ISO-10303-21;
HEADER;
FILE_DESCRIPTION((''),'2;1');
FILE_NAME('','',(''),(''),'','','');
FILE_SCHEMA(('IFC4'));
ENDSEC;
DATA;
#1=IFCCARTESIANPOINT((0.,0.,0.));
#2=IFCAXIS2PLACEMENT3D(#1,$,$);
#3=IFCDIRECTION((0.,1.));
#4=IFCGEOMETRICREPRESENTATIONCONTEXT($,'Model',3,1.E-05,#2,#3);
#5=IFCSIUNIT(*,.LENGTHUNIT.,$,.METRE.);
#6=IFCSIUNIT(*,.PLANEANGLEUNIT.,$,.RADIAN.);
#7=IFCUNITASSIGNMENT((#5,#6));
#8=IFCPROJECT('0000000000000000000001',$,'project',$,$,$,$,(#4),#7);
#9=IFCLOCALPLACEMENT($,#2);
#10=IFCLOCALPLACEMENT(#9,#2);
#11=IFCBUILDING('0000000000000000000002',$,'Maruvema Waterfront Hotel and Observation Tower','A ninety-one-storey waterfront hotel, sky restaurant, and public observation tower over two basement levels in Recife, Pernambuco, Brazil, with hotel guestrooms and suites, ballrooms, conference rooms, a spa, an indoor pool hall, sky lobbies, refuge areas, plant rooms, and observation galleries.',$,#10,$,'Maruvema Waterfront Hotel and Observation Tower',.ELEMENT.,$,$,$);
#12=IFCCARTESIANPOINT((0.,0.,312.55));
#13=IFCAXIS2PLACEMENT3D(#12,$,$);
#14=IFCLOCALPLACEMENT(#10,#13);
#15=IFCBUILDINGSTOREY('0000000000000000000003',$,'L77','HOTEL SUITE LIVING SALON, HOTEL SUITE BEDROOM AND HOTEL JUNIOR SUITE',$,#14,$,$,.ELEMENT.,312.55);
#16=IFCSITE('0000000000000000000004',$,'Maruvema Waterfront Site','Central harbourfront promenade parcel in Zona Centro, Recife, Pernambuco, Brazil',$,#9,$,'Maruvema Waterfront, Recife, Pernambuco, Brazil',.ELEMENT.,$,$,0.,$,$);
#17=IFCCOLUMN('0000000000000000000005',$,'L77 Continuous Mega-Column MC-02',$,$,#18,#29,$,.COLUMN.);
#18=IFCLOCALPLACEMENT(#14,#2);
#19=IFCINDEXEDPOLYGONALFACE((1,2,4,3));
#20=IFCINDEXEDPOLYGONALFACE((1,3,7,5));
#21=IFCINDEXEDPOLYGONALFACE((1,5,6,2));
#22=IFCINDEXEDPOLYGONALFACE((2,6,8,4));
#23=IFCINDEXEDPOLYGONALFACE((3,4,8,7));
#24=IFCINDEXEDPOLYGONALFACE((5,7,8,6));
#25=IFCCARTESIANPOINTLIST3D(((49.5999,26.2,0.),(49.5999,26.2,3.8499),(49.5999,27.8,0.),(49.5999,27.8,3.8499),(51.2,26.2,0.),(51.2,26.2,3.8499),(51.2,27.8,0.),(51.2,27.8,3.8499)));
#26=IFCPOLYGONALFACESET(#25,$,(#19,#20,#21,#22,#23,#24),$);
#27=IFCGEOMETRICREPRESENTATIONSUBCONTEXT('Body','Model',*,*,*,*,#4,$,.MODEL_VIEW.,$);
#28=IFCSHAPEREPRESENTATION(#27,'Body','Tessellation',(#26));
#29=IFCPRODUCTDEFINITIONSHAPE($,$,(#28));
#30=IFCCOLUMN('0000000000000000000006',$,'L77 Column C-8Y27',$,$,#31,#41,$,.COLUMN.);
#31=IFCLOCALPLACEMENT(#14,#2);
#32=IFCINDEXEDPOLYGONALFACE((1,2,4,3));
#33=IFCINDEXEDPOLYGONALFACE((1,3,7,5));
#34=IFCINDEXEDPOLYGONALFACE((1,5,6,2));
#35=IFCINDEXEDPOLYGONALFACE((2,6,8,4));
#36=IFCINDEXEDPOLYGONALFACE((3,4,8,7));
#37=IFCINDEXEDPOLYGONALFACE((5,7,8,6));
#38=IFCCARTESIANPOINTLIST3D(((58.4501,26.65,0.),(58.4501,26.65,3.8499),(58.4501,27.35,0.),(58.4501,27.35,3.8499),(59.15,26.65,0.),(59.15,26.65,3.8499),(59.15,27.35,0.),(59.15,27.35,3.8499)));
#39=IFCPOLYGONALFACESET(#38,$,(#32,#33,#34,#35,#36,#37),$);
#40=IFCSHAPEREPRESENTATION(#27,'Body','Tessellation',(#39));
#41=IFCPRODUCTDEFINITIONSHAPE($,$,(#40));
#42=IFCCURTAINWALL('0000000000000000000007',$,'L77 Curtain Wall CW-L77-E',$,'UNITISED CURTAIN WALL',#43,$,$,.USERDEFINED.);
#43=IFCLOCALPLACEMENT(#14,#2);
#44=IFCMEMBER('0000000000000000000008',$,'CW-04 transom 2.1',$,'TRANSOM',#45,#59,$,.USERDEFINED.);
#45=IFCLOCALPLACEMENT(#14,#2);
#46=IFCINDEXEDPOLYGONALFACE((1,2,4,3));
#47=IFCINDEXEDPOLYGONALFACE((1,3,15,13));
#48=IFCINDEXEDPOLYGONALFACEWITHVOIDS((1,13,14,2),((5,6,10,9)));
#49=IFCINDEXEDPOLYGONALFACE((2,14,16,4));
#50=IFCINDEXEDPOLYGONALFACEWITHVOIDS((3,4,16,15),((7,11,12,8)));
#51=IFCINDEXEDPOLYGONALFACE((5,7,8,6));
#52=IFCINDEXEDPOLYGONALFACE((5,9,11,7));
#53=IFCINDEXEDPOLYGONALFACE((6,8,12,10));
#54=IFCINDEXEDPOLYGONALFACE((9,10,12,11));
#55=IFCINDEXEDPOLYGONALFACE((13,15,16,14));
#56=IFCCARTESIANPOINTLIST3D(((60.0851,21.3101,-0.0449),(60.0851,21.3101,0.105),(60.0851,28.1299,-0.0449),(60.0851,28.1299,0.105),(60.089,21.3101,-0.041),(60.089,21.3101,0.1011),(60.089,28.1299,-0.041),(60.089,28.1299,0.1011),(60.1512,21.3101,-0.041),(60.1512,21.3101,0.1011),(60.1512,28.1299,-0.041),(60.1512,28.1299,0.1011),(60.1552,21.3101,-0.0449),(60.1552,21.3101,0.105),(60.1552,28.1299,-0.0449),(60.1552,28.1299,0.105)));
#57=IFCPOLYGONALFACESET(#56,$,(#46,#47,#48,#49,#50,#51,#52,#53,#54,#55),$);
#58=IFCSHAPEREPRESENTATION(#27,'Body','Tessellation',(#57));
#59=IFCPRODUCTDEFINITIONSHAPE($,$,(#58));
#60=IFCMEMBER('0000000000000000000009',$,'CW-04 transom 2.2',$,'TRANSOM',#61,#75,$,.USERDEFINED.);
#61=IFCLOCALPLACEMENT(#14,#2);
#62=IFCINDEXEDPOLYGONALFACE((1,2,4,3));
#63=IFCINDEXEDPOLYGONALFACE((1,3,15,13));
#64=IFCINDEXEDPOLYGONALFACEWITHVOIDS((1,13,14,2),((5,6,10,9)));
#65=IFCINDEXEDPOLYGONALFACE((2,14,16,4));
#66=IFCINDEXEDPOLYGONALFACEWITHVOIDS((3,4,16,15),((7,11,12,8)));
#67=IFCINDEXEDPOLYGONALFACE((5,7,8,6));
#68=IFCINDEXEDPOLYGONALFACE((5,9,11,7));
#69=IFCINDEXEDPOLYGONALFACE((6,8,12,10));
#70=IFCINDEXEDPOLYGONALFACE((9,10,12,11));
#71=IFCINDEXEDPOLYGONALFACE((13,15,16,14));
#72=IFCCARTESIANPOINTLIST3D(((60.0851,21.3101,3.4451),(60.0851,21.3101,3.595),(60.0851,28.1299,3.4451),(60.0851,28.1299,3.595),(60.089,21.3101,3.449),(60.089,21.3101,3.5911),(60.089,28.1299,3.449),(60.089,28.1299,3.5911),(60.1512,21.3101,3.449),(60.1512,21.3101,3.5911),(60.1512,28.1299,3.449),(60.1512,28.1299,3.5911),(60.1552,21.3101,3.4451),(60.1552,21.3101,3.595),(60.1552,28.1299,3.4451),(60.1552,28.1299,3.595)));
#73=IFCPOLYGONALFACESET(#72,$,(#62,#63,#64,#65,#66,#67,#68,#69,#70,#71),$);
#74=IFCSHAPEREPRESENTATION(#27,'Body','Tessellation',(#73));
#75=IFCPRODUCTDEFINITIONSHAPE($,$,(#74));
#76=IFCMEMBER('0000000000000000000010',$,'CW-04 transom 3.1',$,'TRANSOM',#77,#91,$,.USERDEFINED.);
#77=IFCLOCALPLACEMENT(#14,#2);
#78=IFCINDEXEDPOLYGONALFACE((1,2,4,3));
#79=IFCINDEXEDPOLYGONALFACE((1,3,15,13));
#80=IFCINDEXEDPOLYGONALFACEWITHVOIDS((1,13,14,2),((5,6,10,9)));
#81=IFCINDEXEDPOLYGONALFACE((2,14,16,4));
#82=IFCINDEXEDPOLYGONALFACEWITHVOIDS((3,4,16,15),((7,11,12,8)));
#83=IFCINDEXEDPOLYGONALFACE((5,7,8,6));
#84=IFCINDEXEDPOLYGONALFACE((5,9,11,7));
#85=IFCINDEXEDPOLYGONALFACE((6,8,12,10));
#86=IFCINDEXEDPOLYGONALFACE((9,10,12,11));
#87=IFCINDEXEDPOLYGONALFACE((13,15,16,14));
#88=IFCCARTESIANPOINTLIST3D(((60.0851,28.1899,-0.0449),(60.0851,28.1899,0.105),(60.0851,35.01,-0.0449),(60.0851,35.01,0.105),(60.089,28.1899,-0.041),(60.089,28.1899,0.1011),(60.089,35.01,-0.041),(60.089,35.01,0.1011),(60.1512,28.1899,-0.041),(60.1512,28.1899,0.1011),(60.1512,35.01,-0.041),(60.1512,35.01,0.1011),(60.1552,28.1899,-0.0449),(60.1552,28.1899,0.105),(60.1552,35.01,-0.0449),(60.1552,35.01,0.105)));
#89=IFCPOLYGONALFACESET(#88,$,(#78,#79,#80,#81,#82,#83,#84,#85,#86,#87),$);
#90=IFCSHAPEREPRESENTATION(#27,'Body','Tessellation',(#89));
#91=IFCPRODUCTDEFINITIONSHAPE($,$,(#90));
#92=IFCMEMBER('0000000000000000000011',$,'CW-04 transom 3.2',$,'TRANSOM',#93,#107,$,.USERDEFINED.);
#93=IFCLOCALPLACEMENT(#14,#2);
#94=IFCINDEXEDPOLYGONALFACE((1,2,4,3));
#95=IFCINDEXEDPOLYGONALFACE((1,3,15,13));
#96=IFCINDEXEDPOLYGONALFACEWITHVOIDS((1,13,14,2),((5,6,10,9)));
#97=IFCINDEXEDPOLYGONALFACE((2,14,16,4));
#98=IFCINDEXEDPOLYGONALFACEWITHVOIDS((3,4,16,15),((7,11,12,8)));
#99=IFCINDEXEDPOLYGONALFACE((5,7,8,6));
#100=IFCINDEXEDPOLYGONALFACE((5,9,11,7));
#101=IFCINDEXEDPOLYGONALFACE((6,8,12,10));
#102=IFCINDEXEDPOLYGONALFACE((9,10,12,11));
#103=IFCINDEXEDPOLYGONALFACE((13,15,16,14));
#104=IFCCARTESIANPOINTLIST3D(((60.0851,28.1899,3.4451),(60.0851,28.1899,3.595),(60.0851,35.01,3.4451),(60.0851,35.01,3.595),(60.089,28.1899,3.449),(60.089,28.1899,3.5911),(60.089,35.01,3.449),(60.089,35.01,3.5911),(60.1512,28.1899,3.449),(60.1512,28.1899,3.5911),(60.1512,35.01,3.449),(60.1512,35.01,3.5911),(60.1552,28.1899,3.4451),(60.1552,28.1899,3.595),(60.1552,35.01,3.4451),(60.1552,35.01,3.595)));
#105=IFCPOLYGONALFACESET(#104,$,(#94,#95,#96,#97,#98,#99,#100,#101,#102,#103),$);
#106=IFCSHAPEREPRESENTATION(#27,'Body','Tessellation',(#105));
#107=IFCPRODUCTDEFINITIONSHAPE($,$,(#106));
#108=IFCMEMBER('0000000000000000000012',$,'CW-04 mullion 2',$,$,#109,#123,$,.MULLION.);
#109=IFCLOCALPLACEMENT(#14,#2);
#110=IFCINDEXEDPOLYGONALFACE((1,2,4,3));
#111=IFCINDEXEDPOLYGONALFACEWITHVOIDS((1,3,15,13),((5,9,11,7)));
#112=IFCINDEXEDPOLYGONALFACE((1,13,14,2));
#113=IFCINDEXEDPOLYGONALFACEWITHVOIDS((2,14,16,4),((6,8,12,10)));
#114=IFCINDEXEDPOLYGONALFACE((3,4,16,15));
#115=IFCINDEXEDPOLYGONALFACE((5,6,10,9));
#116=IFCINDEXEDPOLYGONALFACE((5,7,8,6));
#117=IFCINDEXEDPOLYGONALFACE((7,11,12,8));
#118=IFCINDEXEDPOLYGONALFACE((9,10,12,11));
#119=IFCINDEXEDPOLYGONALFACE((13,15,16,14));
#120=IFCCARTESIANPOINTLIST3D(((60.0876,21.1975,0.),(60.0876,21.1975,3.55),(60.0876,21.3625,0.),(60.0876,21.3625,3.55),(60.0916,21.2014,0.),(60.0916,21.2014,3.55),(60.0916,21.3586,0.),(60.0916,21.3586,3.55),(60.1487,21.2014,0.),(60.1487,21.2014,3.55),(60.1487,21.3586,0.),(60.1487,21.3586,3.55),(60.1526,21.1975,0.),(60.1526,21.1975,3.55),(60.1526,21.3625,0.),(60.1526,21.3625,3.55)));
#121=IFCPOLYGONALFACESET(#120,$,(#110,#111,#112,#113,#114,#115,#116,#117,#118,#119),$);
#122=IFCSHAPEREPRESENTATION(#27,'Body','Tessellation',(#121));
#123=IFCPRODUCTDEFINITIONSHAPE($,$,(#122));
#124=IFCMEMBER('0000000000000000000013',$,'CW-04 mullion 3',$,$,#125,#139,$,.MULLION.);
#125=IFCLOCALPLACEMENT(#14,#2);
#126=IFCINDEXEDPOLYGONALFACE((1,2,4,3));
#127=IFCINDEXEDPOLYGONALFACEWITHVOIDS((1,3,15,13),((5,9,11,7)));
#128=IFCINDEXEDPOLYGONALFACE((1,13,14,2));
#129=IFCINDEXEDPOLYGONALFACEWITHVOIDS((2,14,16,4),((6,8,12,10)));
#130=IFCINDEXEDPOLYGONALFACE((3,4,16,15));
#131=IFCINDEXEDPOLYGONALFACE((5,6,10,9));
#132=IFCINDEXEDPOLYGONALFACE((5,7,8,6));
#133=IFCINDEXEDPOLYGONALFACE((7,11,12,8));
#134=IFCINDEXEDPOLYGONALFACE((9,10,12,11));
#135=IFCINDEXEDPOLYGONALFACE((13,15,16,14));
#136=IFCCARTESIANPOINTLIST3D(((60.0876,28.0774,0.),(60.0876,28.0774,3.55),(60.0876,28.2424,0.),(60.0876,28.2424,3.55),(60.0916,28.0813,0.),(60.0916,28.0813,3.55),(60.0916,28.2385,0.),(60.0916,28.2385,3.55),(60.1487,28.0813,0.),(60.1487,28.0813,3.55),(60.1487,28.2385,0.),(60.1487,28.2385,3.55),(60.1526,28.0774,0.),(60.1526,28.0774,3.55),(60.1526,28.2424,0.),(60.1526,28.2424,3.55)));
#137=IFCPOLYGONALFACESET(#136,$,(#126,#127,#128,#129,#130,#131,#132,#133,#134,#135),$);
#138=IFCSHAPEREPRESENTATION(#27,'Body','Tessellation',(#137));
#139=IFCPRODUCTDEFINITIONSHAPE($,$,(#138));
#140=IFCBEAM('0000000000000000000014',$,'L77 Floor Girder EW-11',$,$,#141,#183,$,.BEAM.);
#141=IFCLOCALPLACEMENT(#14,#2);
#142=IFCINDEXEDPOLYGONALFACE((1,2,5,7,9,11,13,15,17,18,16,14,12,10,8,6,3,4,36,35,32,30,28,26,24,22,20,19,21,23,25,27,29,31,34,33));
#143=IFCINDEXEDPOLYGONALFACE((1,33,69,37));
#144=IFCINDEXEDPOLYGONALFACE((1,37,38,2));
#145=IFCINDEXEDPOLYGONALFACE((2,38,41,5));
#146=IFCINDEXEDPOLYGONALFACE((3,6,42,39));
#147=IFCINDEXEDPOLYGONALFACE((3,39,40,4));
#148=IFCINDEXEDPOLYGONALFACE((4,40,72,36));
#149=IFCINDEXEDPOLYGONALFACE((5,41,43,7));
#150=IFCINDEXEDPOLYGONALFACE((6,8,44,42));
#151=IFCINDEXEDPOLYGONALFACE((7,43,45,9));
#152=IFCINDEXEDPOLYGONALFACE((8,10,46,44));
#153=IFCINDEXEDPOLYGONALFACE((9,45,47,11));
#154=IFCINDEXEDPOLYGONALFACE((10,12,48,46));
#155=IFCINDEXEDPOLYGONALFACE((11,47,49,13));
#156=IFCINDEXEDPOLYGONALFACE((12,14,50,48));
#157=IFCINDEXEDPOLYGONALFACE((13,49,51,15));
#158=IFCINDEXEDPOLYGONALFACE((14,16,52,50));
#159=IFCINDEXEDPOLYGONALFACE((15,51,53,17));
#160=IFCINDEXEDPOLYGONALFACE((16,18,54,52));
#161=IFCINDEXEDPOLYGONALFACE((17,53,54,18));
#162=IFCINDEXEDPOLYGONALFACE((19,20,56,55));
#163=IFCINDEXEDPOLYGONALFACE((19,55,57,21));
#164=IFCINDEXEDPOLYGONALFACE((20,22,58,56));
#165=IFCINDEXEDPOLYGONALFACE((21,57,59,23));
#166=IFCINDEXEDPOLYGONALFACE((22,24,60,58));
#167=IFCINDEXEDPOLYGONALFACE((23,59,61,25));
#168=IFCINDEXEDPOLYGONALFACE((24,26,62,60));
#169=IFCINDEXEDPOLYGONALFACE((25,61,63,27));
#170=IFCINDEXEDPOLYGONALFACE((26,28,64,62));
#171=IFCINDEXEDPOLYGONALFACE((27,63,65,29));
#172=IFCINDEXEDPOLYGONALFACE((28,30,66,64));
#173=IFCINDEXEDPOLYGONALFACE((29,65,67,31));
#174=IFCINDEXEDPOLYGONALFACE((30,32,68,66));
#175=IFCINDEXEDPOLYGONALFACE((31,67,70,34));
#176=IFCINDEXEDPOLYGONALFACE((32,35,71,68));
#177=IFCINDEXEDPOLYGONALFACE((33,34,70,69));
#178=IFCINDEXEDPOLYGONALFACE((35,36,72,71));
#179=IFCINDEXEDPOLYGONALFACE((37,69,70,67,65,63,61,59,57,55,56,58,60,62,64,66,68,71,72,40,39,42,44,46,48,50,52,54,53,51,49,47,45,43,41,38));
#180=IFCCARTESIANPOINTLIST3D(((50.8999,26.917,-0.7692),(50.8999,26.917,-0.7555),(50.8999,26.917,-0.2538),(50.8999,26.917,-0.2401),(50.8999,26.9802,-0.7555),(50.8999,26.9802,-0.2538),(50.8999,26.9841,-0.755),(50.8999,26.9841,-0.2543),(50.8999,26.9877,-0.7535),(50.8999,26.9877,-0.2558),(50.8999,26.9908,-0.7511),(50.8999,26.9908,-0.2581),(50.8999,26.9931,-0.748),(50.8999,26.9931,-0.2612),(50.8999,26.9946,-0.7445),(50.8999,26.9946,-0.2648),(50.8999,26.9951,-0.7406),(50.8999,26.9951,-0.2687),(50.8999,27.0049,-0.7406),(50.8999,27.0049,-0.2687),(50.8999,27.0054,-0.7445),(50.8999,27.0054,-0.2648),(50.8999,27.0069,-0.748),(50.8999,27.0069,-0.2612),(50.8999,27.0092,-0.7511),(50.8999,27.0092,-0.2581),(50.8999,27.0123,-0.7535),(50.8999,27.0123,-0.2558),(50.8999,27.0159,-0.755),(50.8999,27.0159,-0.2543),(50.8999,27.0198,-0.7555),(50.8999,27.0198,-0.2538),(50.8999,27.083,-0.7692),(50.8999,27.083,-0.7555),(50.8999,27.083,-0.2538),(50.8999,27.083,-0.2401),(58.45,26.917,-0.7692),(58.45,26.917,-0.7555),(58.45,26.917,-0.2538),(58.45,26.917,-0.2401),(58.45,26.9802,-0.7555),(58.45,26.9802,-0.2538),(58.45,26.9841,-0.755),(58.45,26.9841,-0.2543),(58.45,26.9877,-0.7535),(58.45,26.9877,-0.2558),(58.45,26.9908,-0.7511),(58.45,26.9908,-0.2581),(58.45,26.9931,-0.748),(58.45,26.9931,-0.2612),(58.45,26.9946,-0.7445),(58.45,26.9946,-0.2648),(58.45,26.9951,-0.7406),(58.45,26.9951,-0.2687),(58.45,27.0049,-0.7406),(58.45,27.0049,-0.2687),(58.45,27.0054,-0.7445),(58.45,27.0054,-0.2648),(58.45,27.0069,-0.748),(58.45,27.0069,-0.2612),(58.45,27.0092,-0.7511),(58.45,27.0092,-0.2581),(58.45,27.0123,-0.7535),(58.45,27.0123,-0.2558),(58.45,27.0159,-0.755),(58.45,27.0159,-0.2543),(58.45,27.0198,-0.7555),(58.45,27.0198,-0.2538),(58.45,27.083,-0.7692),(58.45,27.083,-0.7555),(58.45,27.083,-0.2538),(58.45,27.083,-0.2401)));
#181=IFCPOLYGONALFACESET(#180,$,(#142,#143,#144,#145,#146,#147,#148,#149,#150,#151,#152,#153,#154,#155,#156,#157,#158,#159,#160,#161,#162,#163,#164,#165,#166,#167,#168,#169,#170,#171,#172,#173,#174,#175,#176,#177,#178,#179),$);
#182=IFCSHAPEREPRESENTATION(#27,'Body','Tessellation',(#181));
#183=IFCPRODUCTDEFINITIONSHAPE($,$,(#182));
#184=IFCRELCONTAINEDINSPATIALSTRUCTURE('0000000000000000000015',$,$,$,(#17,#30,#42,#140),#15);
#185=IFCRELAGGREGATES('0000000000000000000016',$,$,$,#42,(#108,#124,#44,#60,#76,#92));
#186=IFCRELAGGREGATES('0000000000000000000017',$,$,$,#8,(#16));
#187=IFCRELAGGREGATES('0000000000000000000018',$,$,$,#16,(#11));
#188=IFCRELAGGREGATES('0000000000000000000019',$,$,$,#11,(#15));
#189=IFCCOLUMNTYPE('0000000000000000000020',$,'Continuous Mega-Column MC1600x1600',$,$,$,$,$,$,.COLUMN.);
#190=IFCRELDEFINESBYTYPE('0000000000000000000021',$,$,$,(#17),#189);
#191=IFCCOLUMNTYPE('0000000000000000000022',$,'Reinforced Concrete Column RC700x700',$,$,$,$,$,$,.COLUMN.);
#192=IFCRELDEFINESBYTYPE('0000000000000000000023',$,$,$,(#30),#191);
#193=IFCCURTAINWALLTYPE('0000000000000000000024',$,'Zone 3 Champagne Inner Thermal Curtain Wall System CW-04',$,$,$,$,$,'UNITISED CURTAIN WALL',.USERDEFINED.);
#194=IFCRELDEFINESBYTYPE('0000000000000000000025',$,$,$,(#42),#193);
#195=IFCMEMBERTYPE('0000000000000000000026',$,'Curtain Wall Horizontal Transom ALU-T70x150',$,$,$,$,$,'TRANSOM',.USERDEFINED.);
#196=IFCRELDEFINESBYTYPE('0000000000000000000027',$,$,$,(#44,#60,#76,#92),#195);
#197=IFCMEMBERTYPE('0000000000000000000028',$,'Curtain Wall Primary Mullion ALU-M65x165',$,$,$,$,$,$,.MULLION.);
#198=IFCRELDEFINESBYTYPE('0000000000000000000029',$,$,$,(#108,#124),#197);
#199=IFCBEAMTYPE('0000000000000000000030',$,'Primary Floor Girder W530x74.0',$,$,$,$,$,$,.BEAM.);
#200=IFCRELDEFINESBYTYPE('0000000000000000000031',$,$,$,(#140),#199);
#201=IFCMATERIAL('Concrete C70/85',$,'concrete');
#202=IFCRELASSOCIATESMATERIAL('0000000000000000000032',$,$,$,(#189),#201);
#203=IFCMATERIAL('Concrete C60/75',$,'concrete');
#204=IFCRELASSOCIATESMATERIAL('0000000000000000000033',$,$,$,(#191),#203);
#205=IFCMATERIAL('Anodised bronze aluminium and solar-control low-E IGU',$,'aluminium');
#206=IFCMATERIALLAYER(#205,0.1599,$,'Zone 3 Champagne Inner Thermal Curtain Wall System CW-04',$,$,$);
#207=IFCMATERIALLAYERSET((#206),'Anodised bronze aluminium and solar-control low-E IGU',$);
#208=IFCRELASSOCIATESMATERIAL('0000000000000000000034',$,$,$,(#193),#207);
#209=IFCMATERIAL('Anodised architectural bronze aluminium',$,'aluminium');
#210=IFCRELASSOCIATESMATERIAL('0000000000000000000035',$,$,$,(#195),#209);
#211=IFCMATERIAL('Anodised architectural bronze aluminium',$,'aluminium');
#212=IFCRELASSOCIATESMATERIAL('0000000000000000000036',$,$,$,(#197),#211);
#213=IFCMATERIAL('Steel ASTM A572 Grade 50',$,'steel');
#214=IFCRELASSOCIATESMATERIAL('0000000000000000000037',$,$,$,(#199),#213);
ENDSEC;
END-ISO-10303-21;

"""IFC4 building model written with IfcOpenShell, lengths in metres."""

from ifc_helpers import new_model, si_unit, direction, frame, origin, origin_2d, place, context, subcontext, project, spatial, rectangle, hollow_rectangle, i_section, extrude, material, layer, layer_set, material_profile, profile_set, type_object, element, aggregate, save


model = new_model("IFC4")

# Units and contexts
model_context = context("Model", 3, precision=1e-05, world=origin(), true_north=direction((0.0, 1.0)))
body_context = subcontext(model_context, "Body", "Model", "MODEL_VIEW")
ifc_project = project(units=[si_unit("LENGTHUNIT", "METRE"), si_unit("PLANEANGLEUNIT", "RADIAN")], contexts=[model_context])

# Site, building, storey
site_placement = place(None, origin())
site = spatial("IfcSite", under=ifc_project, at=site_placement, Name="Maruvema Waterfront Site", Description="Central harbourfront promenade parcel in Zona Centro, Recife, Pernambuco, Brazil", LongName="Maruvema Waterfront, Recife, Pernambuco, Brazil", CompositionType="ELEMENT", RefElevation=0.0)
building_placement = place(site_placement, origin())
building = spatial("IfcBuilding", under=site, at=building_placement, Name="Maruvema Waterfront Hotel and Observation Tower", Description="A ninety-one-storey waterfront hotel, sky restaurant, and public observation tower over two basement levels in Recife, Pernambuco, Brazil, with hotel guestrooms and suites, ballrooms, conference rooms, a spa, an indoor pool hall, sky lobbies, refuge areas, plant rooms, and observation galleries.", LongName="Maruvema Waterfront Hotel and Observation Tower", CompositionType="ELEMENT")
storey_placement = place(building_placement, frame((0.0, 0.0, 312.55)))
storey = spatial("IfcBuildingStorey", under=building, at=storey_placement, Name="L77", Description="HOTEL SUITE LIVING SALON, HOTEL SUITE BEDROOM AND HOTEL JUNIOR SUITE", CompositionType="ELEMENT", Elevation=312.55)

# Columns
ifc_material_1 = material(Name="Concrete C70/85", Category="concrete")
ifc_material_profile_1 = material_profile(ifc_material_1, rectangle(XDim=1.6001, YDim=1.6001, at=origin_2d()), Name="MC1600x1600")
ifc_profile_set_1 = profile_set([ifc_material_profile_1], Name="Concrete C70/85")
column_type_1 = type_object("IfcColumnType", Name="Continuous Mega-Column MC1600x1600", PredefinedType="COLUMN", material=ifc_profile_set_1)
column_1_placement = place(storey_placement, frame((50.3999, 27.0, 0.0), z_axis=(0.0, 0.0, 1.0), x_axis=(1.0, 0.0, 0.0)))
element("IfcColumn", 1, at=column_1_placement, inside=storey, type_object=column_type_1, Name="L77 Continuous Mega-Column MC-02", PredefinedType="COLUMN", context=body_context, shape_type="SweptSolid", body=[
    extrude(rectangle(XDim=1.6001, YDim=1.6001, at=origin_2d()), origin(), (0.0, 0.0, 1.0), 3.8499),
])
ifc_material_2 = material(Name="Concrete C60/75", Category="concrete")
ifc_material_profile_2 = material_profile(ifc_material_2, rectangle(XDim=0.7, YDim=0.7, at=origin_2d()), Name="RC700x700")
ifc_profile_set_2 = profile_set([ifc_material_profile_2], Name="Concrete C60/75")
column_type_2 = type_object("IfcColumnType", Name="Reinforced Concrete Column RC700x700", PredefinedType="COLUMN", material=ifc_profile_set_2)
column_2_placement = place(storey_placement, frame((58.8, 27.0, 0.0), z_axis=(0.0, 0.0, 1.0), x_axis=(1.0, 0.0, 0.0)))
element("IfcColumn", 2, at=column_2_placement, inside=storey, type_object=column_type_2, Name="L77 Column C-8Y27", PredefinedType="COLUMN", context=body_context, shape_type="SweptSolid", body=[
    extrude(rectangle(XDim=0.7, YDim=0.7, at=origin_2d()), origin(), (0.0, 0.0, 1.0), 3.8499),
])

# Curtain wall, members
ifc_material_3 = material(Name="Anodised bronze aluminium and solar-control low-E IGU", Category="aluminium")
ifc_layer_1 = layer(ifc_material_3, 0.1599, Name="Zone 3 Champagne Inner Thermal Curtain Wall System CW-04")
ifc_layer_set_1 = layer_set([ifc_layer_1], Name="Anodised bronze aluminium and solar-control low-E IGU")
curtain_wall_type = type_object("IfcCurtainWallType", Name="Zone 3 Champagne Inner Thermal Curtain Wall System CW-04", ElementType="UNITISED CURTAIN WALL", PredefinedType="USERDEFINED", material=ifc_layer_set_1)
curtain_wall_placement = place(storey_placement, origin())
curtain_wall = element("IfcCurtainWall", 3, at=curtain_wall_placement, inside=storey, type_object=curtain_wall_type, Name="L77 Curtain Wall CW-L77-E", ObjectType="UNITISED CURTAIN WALL", PredefinedType="USERDEFINED")
ifc_material_4 = material(Name="Anodised architectural bronze aluminium", Category="aluminium")
ifc_material_profile_3 = material_profile(ifc_material_4, hollow_rectangle(XDim=0.0701, YDim=0.1499, WallThickness=0.0039, at=origin_2d()), Name="ALU-T70x150")
ifc_profile_set_3 = profile_set([ifc_material_profile_3], Name="Anodised architectural bronze aluminium")
member_type_1 = type_object("IfcMemberType", Name="Curtain Wall Horizontal Transom ALU-T70x150", ElementType="TRANSOM", PredefinedType="USERDEFINED", material=ifc_profile_set_3)
member_1_placement = place(storey_placement, frame((60.1201, 21.3101, 0.03), z_axis=(0.0, 1.0, 0.0), x_axis=(-1.0, 0.0, 0.0)))
member_1 = element("IfcMember", 4, at=member_1_placement, type_object=member_type_1, Name="CW-04 transom 2.1", ObjectType="TRANSOM", PredefinedType="USERDEFINED", context=body_context, shape_type="SweptSolid", body=[
    extrude(hollow_rectangle(XDim=0.0701, YDim=0.1499, WallThickness=0.0039, at=origin_2d()), origin(), (0.0, 0.0, 1.0), 6.8198),
])
member_2_placement = place(storey_placement, frame((60.1201, 21.3101, 3.52), z_axis=(0.0, 1.0, 0.0), x_axis=(-1.0, 0.0, 0.0)))
member_2 = element("IfcMember", 5, at=member_2_placement, type_object=member_type_1, Name="CW-04 transom 2.2", ObjectType="TRANSOM", PredefinedType="USERDEFINED", context=body_context, shape_type="SweptSolid", body=[
    extrude(hollow_rectangle(XDim=0.0701, YDim=0.1499, WallThickness=0.0039, at=origin_2d()), origin(), (0.0, 0.0, 1.0), 6.8198),
])
member_3_placement = place(storey_placement, frame((60.1201, 28.1899, 0.03), z_axis=(0.0, 1.0, 0.0), x_axis=(-1.0, 0.0, 0.0)))
member_3 = element("IfcMember", 6, at=member_3_placement, type_object=member_type_1, Name="CW-04 transom 3.1", ObjectType="TRANSOM", PredefinedType="USERDEFINED", context=body_context, shape_type="SweptSolid", body=[
    extrude(hollow_rectangle(XDim=0.0701, YDim=0.1499, WallThickness=0.0039, at=origin_2d()), origin(), (0.0, 0.0, 1.0), 6.8201),
])
member_4_placement = place(storey_placement, frame((60.1201, 28.1899, 3.52), z_axis=(0.0, 1.0, 0.0), x_axis=(-1.0, 0.0, 0.0)))
member_4 = element("IfcMember", 7, at=member_4_placement, type_object=member_type_1, Name="CW-04 transom 3.2", ObjectType="TRANSOM", PredefinedType="USERDEFINED", context=body_context, shape_type="SweptSolid", body=[
    extrude(hollow_rectangle(XDim=0.0701, YDim=0.1499, WallThickness=0.0039, at=origin_2d()), origin(), (0.0, 0.0, 1.0), 6.8201),
])
ifc_material_5 = material(Name="Anodised architectural bronze aluminium", Category="aluminium")
ifc_material_profile_4 = material_profile(ifc_material_5, hollow_rectangle(XDim=0.0649, YDim=0.165, WallThickness=0.0039, at=origin_2d()), Name="ALU-M65x165")
ifc_profile_set_4 = profile_set([ifc_material_profile_4], Name="Anodised architectural bronze aluminium")
member_type_2 = type_object("IfcMemberType", Name="Curtain Wall Primary Mullion ALU-M65x165", PredefinedType="MULLION", material=ifc_profile_set_4)
member_5_placement = place(storey_placement, frame((60.1201, 21.28, 0.0), z_axis=(0.0, 0.0, 1.0), x_axis=(-1.0, 0.0, 0.0)))
member_5 = element("IfcMember", 8, at=member_5_placement, type_object=member_type_2, Name="CW-04 mullion 2", PredefinedType="MULLION", context=body_context, shape_type="SweptSolid", body=[
    extrude(hollow_rectangle(XDim=0.0649, YDim=0.165, WallThickness=0.0039, at=origin_2d()), origin(), (0.0, 0.0, 1.0), 3.55),
])
member_6_placement = place(storey_placement, frame((60.1201, 28.1599, 0.0), z_axis=(0.0, 0.0, 1.0), x_axis=(-1.0, 0.0, 0.0)))
member_6 = element("IfcMember", 9, at=member_6_placement, type_object=member_type_2, Name="CW-04 mullion 3", PredefinedType="MULLION", context=body_context, shape_type="SweptSolid", body=[
    extrude(hollow_rectangle(XDim=0.0649, YDim=0.165, WallThickness=0.0039, at=origin_2d()), origin(), (0.0, 0.0, 1.0), 3.55),
])

# Beam
ifc_material_6 = material(Name="Steel ASTM A572 Grade 50", Category="steel")
ifc_material_profile_5 = material_profile(ifc_material_6, i_section(OverallWidth=0.166, OverallDepth=0.5291, WebThickness=0.0098, FlangeThickness=0.0137, FilletRadius=0.0149, at=origin_2d()), Name="W530x74.0")
ifc_profile_set_5 = profile_set([ifc_material_profile_5], Name="Steel ASTM A572 Grade 50")
beam_type_1 = type_object("IfcBeamType", Name="Primary Floor Girder W530x74.0", PredefinedType="BEAM", material=ifc_profile_set_5)
beam_1_placement = place(storey_placement, frame((50.8999, 27.0, -0.5046), z_axis=(1.0, 0.0, 0.0), x_axis=(0.0, 1.0, 0.0)))
element("IfcBeam", 10, at=beam_1_placement, inside=storey, type_object=beam_type_1, Name="L77 Floor Girder EW-11", PredefinedType="BEAM", context=body_context, shape_type="SweptSolid", body=[
    extrude(i_section(OverallWidth=0.166, OverallDepth=0.5291, WebThickness=0.0098, FlangeThickness=0.0137, FilletRadius=0.0149, at=origin_2d()), origin(), (0.0, 0.0, 1.0), 7.55),
])

aggregate(curtain_wall, [member_5, member_6, member_1, member_2, member_3, member_4])

save(model, "model.ifc")
